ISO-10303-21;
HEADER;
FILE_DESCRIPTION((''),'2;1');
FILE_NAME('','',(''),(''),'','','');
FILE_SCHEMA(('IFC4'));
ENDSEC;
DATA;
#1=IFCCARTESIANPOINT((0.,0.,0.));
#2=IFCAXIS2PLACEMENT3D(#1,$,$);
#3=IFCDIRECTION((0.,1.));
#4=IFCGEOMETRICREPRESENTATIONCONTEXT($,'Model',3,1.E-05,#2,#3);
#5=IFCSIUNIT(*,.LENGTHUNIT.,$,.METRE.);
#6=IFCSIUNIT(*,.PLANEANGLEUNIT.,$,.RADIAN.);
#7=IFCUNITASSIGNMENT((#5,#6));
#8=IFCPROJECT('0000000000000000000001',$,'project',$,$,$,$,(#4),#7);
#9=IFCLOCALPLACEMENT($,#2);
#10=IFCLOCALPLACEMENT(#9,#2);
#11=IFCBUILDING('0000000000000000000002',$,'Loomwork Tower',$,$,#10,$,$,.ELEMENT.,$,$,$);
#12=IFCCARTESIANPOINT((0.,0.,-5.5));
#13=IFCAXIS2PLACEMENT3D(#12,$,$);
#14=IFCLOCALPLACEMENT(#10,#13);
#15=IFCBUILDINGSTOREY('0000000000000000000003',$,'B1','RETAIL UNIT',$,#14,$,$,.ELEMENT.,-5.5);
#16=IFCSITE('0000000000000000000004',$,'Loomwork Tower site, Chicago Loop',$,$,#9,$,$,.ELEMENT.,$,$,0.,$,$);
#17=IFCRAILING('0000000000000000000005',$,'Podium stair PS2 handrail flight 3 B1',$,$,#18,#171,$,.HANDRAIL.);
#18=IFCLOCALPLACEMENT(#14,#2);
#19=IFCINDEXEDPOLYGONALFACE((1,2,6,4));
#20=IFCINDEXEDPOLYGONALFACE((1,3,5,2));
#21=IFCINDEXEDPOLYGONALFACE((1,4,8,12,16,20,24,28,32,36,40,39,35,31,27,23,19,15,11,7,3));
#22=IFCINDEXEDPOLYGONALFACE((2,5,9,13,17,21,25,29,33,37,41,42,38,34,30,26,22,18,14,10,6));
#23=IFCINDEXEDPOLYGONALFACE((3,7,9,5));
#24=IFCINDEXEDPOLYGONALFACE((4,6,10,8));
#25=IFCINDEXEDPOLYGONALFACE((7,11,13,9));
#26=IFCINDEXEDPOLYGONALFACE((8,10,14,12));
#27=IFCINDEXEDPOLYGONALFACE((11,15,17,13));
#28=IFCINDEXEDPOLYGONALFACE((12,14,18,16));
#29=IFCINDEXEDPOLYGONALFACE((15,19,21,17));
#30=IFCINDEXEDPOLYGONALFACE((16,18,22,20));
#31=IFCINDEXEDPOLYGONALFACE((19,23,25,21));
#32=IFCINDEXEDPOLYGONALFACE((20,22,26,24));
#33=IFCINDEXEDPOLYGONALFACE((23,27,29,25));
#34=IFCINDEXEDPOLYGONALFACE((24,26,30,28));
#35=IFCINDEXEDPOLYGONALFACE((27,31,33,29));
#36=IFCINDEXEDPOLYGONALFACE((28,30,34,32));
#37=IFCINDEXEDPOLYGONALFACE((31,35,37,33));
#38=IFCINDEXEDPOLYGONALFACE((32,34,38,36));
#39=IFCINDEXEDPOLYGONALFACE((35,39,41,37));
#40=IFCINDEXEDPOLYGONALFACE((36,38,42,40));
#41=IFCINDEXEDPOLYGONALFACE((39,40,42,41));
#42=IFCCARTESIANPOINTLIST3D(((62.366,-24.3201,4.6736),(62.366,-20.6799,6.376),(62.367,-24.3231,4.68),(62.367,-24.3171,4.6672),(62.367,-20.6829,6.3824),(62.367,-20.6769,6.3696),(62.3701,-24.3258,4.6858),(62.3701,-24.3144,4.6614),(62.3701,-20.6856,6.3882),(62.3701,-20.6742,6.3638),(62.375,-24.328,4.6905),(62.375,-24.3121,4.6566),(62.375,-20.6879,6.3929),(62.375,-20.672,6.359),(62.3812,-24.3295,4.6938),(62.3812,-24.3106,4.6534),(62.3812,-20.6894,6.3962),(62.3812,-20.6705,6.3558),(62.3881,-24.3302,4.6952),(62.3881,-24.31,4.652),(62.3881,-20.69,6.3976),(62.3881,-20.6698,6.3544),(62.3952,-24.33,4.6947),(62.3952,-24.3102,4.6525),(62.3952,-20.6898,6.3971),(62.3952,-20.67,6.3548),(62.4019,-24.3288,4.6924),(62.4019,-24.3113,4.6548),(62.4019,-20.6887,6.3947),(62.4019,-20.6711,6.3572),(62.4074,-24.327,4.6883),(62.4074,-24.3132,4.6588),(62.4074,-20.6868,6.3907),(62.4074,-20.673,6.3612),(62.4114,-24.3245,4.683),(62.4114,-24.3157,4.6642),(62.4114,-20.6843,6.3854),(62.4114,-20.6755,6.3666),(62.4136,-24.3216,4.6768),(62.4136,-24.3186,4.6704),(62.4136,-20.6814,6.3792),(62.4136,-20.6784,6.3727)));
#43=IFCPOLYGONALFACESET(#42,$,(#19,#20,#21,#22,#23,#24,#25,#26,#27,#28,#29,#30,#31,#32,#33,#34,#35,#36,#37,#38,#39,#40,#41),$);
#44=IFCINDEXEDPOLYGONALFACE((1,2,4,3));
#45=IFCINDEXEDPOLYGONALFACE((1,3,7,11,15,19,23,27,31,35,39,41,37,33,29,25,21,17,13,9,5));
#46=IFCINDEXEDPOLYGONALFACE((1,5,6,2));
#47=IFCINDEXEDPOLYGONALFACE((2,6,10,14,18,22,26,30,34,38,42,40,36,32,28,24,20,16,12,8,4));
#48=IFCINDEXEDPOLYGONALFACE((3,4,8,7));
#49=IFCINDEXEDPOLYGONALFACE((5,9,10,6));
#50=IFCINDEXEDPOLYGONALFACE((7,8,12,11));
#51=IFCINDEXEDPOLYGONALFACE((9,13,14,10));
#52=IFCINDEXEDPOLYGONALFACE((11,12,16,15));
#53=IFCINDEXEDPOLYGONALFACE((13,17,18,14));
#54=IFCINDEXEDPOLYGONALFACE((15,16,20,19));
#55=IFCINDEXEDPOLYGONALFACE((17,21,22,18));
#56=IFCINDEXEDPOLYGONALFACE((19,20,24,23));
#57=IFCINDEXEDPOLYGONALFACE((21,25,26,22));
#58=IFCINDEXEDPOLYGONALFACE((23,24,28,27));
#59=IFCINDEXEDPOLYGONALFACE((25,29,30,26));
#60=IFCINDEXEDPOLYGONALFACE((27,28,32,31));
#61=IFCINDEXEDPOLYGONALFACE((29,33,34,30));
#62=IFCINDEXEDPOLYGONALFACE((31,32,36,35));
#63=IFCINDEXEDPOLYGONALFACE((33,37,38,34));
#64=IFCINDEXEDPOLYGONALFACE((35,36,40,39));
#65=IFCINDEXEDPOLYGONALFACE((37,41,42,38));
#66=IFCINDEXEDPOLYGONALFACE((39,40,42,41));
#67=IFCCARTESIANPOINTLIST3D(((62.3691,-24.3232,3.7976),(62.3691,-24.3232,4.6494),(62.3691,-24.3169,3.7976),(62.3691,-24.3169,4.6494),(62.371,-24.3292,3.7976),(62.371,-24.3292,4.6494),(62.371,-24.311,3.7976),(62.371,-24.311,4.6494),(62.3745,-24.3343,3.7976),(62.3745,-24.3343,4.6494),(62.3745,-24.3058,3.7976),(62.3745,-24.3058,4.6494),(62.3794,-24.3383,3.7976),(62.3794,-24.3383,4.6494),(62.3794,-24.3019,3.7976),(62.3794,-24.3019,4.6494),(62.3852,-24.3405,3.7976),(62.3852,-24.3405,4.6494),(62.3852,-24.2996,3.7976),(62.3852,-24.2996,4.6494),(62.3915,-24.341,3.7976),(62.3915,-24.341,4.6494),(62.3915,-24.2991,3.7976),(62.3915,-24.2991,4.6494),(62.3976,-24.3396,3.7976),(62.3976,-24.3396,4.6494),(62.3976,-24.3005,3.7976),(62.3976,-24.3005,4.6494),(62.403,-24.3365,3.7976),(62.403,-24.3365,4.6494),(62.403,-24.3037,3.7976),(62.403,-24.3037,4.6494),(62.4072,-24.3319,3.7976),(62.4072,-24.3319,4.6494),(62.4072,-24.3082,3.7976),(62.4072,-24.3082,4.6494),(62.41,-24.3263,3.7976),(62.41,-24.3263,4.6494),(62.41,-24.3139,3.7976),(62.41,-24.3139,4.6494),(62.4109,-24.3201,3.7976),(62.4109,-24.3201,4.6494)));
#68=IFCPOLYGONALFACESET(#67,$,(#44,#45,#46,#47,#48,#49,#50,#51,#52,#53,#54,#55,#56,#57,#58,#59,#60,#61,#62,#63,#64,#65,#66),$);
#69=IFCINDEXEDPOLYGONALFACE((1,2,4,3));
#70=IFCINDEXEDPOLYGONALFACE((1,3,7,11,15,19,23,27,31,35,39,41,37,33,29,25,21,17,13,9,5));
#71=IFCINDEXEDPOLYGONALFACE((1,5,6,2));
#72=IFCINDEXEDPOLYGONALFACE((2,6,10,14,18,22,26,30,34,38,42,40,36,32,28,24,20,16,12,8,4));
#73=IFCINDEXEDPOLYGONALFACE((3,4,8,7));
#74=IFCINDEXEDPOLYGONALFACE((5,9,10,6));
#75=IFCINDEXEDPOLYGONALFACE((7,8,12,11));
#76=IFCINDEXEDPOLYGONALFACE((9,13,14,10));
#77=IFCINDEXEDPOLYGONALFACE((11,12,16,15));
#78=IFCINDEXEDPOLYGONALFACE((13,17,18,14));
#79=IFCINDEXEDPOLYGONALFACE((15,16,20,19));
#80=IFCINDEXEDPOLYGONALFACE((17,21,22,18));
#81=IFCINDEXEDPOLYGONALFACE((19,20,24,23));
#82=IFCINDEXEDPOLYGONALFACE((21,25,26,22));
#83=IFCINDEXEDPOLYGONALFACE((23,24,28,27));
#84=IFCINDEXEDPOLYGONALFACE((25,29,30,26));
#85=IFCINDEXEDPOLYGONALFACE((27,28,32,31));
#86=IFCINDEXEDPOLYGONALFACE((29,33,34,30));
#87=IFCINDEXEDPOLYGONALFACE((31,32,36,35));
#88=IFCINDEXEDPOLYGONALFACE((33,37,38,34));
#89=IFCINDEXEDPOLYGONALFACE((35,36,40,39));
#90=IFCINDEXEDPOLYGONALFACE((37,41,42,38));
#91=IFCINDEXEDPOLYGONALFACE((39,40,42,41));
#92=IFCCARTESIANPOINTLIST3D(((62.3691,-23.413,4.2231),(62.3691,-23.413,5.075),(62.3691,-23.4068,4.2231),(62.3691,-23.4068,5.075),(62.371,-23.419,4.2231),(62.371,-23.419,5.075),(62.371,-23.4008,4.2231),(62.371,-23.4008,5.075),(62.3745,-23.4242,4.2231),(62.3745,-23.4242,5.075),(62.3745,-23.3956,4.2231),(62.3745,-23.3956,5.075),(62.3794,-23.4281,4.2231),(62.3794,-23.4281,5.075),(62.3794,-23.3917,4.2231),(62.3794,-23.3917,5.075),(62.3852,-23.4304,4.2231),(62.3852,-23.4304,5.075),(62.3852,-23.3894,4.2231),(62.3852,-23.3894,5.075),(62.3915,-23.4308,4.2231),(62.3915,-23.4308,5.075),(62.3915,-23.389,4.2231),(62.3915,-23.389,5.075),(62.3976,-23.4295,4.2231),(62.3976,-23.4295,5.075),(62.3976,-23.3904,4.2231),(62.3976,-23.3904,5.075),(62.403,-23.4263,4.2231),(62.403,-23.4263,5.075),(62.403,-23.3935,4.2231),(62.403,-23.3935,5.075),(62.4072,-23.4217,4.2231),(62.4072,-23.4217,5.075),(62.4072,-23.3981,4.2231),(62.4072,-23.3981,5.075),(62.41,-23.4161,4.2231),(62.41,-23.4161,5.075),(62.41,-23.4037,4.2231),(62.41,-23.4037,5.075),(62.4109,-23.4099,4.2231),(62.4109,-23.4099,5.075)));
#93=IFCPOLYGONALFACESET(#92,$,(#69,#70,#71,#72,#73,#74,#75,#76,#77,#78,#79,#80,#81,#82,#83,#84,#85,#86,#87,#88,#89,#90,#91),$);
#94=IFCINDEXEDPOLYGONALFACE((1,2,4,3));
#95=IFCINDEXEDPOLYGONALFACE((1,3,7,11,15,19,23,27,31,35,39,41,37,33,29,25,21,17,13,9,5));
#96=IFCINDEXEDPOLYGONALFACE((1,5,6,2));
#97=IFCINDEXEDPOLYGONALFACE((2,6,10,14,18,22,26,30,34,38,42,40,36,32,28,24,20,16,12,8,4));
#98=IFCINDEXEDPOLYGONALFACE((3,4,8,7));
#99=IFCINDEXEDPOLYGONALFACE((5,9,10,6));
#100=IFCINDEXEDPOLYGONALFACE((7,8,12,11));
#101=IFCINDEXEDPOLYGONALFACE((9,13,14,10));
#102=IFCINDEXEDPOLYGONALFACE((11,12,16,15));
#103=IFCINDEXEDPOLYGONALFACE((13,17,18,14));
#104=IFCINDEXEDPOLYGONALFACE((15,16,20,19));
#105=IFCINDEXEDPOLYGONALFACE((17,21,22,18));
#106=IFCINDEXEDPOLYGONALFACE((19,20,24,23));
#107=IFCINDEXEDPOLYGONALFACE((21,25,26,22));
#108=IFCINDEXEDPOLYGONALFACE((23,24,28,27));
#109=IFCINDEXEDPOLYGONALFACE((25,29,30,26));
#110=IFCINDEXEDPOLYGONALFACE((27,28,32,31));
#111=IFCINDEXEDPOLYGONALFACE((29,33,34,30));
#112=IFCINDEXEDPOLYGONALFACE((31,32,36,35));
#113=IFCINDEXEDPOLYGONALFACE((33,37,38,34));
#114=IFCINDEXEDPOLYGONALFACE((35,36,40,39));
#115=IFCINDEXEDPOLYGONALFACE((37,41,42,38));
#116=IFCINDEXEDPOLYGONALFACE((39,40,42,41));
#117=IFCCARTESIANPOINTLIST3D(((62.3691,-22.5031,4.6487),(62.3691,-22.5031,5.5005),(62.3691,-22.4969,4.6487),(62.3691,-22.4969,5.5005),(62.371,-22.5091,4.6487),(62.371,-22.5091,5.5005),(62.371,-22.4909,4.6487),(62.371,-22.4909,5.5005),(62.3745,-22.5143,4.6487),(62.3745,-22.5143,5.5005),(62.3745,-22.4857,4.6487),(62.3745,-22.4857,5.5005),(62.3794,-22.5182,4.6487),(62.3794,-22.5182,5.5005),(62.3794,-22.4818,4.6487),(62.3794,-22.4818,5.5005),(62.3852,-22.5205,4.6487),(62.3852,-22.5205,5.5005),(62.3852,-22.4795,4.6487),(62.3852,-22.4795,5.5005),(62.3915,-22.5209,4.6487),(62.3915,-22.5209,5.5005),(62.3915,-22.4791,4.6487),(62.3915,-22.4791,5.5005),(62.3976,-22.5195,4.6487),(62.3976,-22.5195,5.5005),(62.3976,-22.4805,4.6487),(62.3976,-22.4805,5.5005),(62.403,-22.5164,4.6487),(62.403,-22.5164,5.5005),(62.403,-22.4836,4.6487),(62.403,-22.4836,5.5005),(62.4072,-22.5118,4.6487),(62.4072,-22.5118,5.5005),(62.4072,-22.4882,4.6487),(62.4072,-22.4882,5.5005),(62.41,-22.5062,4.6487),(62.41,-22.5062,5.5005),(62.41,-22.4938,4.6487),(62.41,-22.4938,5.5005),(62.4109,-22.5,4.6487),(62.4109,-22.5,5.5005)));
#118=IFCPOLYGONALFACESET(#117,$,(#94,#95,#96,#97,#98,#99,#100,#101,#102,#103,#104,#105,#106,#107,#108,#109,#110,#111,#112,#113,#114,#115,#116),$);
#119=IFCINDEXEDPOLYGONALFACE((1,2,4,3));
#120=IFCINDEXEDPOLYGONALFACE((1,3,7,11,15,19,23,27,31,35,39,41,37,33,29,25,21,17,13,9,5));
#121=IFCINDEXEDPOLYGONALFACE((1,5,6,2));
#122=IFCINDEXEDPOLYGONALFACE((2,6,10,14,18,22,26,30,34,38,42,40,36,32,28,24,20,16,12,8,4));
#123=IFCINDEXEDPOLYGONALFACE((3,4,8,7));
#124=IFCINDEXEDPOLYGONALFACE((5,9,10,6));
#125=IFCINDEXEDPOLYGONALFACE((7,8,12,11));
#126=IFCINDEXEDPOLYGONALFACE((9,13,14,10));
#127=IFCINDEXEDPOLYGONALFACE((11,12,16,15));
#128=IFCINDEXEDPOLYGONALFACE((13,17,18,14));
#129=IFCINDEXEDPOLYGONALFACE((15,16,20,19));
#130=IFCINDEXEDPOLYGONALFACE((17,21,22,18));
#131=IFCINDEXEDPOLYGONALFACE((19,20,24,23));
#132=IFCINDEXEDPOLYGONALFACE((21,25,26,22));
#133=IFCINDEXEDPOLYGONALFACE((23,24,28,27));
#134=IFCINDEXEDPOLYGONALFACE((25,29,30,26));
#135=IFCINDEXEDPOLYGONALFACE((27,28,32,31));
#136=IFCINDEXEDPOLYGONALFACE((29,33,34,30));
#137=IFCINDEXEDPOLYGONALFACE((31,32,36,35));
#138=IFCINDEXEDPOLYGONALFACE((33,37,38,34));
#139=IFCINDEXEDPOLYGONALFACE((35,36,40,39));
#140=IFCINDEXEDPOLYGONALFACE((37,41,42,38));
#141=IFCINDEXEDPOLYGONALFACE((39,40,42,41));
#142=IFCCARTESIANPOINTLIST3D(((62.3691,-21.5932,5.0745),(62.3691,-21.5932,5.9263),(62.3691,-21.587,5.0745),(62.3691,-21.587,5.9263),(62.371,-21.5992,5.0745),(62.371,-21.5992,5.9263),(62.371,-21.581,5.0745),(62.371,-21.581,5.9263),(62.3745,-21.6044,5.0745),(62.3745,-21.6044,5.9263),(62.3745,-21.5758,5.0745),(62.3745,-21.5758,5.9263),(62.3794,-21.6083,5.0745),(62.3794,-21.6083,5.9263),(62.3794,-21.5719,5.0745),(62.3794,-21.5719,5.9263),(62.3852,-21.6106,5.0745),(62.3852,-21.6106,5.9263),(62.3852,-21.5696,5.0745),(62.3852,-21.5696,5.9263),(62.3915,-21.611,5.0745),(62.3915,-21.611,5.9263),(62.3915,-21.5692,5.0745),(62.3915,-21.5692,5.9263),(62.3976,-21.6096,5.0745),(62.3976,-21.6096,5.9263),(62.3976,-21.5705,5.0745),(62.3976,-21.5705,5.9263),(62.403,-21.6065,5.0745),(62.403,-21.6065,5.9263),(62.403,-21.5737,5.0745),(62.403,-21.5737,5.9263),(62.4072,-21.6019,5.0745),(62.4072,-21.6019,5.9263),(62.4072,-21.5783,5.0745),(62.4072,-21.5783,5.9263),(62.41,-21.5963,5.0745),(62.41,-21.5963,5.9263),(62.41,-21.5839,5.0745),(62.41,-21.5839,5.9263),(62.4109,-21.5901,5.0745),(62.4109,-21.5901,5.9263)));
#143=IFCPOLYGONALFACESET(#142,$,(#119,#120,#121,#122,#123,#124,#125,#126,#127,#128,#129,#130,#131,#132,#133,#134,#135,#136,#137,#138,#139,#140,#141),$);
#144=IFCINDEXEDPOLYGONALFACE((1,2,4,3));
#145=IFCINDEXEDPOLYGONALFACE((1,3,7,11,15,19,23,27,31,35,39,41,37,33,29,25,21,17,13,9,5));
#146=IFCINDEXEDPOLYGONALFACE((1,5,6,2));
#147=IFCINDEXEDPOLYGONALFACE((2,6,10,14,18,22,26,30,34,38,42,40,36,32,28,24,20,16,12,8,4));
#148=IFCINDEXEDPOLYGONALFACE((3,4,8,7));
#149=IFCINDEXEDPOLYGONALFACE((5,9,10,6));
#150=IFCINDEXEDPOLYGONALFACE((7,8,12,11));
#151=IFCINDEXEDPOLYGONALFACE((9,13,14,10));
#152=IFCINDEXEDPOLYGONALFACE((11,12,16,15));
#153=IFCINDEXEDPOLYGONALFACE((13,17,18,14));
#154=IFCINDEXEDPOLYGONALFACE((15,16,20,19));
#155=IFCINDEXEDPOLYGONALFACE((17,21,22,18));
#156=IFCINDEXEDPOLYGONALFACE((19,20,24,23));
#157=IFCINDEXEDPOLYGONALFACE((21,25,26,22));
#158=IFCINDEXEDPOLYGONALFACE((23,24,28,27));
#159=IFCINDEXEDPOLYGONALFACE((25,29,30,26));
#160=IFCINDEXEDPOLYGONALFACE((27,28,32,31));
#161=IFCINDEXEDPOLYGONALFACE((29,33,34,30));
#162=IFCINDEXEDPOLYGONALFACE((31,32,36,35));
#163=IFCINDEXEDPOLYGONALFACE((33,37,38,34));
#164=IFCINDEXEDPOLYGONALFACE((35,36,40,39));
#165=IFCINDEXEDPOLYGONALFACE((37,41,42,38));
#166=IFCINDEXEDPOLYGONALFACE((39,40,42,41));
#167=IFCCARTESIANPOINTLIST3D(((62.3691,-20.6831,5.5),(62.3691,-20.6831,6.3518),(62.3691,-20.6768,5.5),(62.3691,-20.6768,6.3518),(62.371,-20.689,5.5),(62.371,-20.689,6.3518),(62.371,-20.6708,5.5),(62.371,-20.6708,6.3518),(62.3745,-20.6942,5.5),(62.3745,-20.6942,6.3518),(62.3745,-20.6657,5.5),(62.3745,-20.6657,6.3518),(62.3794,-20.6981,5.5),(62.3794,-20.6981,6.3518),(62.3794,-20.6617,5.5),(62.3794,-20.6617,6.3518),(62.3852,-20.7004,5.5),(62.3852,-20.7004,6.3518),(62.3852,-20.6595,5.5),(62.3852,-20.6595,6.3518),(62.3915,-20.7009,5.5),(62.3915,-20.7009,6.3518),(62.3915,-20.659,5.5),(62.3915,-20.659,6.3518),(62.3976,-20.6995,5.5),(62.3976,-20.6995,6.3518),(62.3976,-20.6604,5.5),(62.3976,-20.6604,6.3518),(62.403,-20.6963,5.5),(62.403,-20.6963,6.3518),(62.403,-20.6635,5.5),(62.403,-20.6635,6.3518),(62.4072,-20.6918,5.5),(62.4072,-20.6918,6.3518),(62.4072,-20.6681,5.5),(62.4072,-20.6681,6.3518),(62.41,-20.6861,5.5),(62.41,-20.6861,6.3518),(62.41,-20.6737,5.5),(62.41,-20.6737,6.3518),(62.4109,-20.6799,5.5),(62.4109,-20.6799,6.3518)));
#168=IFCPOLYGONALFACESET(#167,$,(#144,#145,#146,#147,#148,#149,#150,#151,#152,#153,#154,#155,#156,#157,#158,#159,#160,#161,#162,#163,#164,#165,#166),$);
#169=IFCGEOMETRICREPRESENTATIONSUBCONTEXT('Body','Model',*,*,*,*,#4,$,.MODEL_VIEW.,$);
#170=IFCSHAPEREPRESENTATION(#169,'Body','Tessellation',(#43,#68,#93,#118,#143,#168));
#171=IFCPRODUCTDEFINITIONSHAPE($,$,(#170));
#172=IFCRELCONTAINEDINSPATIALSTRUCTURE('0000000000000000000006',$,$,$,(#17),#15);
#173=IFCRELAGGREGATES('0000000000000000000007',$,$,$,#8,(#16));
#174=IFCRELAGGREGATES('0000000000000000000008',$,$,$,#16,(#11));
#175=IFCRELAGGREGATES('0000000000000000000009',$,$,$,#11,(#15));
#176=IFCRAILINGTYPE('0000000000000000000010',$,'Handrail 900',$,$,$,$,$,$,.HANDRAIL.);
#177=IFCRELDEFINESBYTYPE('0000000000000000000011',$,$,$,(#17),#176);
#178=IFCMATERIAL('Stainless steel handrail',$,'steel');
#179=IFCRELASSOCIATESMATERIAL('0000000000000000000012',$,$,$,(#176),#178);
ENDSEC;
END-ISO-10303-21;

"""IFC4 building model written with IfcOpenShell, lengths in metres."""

from ifc_helpers import new_model, si_unit, direction, frame, origin, origin_2d, place, context, subcontext, project, spatial, circle, extrude, material, type_object, element, save


model = new_model("IFC4")

# Units and contexts
model_context = context("Model", 3, precision=1e-05, world=origin(), true_north=direction((0.0, 1.0)))
body_context = subcontext(model_context, "Body", "Model", "MODEL_VIEW")
ifc_project = project(units=[si_unit("LENGTHUNIT", "METRE"), si_unit("PLANEANGLEUNIT", "RADIAN")], contexts=[model_context])

# Site, building, storey
site_placement = place(None, origin())
site = spatial("IfcSite", under=ifc_project, at=site_placement, Name="Loomwork Tower site, Chicago Loop", CompositionType="ELEMENT", RefElevation=0.0)
building_placement = place(site_placement, origin())
building = spatial("IfcBuilding", under=site, at=building_placement, Name="Loomwork Tower", CompositionType="ELEMENT")
storey_placement = place(building_placement, frame((0.0, 0.0, -5.5)))
storey = spatial("IfcBuildingStorey", under=building, at=storey_placement, Name="B1", Description="RETAIL UNIT", CompositionType="ELEMENT", Elevation=-5.5)

# Railing
ifc_material_1 = material(Name="Stainless steel handrail", Category="steel")
railing_type = type_object("IfcRailingType", Name="Handrail 900", PredefinedType="HANDRAIL", material=ifc_material_1)
railing_1_placement = place(storey_placement, frame((62.3899, -24.3201, 3.7976)))
element("IfcRailing", 1, at=railing_1_placement, inside=storey, type_object=railing_type, Name="Podium stair PS2 handrail flight 3 B1", PredefinedType="HANDRAIL", context=body_context, shape_type="SweptSolid", body=[
    extrude(circle(Radius=0.0239, at=origin_2d()), frame((0.0, 0.0, 0.876), z_axis=(0.0, 0.905834, 0.423634), x_axis=(-1.0, 0.0, 0.0)), (0.0, 0.0, 1.0), 4.0186),
    extrude(circle(Radius=0.021, at=origin_2d()), origin(), (0.0, 0.0, 1.0), 0.8518),
    extrude(circle(Radius=0.021, at=origin_2d()), frame((0.0, 0.9102, 0.4255)), (0.0, 0.0, 1.0), 0.8518),
    extrude(circle(Radius=0.021, at=origin_2d()), frame((0.0, 1.8201, 0.8511)), (0.0, 0.0, 1.0), 0.8518),
    extrude(circle(Radius=0.021, at=origin_2d()), frame((0.0, 2.73, 1.2769)), (0.0, 0.0, 1.0), 0.8518),
    extrude(circle(Radius=0.021, at=origin_2d()), frame((0.0, 3.6401, 1.7024)), (0.0, 0.0, 1.0), 0.8518),
])

save(model, "model.ifc")
